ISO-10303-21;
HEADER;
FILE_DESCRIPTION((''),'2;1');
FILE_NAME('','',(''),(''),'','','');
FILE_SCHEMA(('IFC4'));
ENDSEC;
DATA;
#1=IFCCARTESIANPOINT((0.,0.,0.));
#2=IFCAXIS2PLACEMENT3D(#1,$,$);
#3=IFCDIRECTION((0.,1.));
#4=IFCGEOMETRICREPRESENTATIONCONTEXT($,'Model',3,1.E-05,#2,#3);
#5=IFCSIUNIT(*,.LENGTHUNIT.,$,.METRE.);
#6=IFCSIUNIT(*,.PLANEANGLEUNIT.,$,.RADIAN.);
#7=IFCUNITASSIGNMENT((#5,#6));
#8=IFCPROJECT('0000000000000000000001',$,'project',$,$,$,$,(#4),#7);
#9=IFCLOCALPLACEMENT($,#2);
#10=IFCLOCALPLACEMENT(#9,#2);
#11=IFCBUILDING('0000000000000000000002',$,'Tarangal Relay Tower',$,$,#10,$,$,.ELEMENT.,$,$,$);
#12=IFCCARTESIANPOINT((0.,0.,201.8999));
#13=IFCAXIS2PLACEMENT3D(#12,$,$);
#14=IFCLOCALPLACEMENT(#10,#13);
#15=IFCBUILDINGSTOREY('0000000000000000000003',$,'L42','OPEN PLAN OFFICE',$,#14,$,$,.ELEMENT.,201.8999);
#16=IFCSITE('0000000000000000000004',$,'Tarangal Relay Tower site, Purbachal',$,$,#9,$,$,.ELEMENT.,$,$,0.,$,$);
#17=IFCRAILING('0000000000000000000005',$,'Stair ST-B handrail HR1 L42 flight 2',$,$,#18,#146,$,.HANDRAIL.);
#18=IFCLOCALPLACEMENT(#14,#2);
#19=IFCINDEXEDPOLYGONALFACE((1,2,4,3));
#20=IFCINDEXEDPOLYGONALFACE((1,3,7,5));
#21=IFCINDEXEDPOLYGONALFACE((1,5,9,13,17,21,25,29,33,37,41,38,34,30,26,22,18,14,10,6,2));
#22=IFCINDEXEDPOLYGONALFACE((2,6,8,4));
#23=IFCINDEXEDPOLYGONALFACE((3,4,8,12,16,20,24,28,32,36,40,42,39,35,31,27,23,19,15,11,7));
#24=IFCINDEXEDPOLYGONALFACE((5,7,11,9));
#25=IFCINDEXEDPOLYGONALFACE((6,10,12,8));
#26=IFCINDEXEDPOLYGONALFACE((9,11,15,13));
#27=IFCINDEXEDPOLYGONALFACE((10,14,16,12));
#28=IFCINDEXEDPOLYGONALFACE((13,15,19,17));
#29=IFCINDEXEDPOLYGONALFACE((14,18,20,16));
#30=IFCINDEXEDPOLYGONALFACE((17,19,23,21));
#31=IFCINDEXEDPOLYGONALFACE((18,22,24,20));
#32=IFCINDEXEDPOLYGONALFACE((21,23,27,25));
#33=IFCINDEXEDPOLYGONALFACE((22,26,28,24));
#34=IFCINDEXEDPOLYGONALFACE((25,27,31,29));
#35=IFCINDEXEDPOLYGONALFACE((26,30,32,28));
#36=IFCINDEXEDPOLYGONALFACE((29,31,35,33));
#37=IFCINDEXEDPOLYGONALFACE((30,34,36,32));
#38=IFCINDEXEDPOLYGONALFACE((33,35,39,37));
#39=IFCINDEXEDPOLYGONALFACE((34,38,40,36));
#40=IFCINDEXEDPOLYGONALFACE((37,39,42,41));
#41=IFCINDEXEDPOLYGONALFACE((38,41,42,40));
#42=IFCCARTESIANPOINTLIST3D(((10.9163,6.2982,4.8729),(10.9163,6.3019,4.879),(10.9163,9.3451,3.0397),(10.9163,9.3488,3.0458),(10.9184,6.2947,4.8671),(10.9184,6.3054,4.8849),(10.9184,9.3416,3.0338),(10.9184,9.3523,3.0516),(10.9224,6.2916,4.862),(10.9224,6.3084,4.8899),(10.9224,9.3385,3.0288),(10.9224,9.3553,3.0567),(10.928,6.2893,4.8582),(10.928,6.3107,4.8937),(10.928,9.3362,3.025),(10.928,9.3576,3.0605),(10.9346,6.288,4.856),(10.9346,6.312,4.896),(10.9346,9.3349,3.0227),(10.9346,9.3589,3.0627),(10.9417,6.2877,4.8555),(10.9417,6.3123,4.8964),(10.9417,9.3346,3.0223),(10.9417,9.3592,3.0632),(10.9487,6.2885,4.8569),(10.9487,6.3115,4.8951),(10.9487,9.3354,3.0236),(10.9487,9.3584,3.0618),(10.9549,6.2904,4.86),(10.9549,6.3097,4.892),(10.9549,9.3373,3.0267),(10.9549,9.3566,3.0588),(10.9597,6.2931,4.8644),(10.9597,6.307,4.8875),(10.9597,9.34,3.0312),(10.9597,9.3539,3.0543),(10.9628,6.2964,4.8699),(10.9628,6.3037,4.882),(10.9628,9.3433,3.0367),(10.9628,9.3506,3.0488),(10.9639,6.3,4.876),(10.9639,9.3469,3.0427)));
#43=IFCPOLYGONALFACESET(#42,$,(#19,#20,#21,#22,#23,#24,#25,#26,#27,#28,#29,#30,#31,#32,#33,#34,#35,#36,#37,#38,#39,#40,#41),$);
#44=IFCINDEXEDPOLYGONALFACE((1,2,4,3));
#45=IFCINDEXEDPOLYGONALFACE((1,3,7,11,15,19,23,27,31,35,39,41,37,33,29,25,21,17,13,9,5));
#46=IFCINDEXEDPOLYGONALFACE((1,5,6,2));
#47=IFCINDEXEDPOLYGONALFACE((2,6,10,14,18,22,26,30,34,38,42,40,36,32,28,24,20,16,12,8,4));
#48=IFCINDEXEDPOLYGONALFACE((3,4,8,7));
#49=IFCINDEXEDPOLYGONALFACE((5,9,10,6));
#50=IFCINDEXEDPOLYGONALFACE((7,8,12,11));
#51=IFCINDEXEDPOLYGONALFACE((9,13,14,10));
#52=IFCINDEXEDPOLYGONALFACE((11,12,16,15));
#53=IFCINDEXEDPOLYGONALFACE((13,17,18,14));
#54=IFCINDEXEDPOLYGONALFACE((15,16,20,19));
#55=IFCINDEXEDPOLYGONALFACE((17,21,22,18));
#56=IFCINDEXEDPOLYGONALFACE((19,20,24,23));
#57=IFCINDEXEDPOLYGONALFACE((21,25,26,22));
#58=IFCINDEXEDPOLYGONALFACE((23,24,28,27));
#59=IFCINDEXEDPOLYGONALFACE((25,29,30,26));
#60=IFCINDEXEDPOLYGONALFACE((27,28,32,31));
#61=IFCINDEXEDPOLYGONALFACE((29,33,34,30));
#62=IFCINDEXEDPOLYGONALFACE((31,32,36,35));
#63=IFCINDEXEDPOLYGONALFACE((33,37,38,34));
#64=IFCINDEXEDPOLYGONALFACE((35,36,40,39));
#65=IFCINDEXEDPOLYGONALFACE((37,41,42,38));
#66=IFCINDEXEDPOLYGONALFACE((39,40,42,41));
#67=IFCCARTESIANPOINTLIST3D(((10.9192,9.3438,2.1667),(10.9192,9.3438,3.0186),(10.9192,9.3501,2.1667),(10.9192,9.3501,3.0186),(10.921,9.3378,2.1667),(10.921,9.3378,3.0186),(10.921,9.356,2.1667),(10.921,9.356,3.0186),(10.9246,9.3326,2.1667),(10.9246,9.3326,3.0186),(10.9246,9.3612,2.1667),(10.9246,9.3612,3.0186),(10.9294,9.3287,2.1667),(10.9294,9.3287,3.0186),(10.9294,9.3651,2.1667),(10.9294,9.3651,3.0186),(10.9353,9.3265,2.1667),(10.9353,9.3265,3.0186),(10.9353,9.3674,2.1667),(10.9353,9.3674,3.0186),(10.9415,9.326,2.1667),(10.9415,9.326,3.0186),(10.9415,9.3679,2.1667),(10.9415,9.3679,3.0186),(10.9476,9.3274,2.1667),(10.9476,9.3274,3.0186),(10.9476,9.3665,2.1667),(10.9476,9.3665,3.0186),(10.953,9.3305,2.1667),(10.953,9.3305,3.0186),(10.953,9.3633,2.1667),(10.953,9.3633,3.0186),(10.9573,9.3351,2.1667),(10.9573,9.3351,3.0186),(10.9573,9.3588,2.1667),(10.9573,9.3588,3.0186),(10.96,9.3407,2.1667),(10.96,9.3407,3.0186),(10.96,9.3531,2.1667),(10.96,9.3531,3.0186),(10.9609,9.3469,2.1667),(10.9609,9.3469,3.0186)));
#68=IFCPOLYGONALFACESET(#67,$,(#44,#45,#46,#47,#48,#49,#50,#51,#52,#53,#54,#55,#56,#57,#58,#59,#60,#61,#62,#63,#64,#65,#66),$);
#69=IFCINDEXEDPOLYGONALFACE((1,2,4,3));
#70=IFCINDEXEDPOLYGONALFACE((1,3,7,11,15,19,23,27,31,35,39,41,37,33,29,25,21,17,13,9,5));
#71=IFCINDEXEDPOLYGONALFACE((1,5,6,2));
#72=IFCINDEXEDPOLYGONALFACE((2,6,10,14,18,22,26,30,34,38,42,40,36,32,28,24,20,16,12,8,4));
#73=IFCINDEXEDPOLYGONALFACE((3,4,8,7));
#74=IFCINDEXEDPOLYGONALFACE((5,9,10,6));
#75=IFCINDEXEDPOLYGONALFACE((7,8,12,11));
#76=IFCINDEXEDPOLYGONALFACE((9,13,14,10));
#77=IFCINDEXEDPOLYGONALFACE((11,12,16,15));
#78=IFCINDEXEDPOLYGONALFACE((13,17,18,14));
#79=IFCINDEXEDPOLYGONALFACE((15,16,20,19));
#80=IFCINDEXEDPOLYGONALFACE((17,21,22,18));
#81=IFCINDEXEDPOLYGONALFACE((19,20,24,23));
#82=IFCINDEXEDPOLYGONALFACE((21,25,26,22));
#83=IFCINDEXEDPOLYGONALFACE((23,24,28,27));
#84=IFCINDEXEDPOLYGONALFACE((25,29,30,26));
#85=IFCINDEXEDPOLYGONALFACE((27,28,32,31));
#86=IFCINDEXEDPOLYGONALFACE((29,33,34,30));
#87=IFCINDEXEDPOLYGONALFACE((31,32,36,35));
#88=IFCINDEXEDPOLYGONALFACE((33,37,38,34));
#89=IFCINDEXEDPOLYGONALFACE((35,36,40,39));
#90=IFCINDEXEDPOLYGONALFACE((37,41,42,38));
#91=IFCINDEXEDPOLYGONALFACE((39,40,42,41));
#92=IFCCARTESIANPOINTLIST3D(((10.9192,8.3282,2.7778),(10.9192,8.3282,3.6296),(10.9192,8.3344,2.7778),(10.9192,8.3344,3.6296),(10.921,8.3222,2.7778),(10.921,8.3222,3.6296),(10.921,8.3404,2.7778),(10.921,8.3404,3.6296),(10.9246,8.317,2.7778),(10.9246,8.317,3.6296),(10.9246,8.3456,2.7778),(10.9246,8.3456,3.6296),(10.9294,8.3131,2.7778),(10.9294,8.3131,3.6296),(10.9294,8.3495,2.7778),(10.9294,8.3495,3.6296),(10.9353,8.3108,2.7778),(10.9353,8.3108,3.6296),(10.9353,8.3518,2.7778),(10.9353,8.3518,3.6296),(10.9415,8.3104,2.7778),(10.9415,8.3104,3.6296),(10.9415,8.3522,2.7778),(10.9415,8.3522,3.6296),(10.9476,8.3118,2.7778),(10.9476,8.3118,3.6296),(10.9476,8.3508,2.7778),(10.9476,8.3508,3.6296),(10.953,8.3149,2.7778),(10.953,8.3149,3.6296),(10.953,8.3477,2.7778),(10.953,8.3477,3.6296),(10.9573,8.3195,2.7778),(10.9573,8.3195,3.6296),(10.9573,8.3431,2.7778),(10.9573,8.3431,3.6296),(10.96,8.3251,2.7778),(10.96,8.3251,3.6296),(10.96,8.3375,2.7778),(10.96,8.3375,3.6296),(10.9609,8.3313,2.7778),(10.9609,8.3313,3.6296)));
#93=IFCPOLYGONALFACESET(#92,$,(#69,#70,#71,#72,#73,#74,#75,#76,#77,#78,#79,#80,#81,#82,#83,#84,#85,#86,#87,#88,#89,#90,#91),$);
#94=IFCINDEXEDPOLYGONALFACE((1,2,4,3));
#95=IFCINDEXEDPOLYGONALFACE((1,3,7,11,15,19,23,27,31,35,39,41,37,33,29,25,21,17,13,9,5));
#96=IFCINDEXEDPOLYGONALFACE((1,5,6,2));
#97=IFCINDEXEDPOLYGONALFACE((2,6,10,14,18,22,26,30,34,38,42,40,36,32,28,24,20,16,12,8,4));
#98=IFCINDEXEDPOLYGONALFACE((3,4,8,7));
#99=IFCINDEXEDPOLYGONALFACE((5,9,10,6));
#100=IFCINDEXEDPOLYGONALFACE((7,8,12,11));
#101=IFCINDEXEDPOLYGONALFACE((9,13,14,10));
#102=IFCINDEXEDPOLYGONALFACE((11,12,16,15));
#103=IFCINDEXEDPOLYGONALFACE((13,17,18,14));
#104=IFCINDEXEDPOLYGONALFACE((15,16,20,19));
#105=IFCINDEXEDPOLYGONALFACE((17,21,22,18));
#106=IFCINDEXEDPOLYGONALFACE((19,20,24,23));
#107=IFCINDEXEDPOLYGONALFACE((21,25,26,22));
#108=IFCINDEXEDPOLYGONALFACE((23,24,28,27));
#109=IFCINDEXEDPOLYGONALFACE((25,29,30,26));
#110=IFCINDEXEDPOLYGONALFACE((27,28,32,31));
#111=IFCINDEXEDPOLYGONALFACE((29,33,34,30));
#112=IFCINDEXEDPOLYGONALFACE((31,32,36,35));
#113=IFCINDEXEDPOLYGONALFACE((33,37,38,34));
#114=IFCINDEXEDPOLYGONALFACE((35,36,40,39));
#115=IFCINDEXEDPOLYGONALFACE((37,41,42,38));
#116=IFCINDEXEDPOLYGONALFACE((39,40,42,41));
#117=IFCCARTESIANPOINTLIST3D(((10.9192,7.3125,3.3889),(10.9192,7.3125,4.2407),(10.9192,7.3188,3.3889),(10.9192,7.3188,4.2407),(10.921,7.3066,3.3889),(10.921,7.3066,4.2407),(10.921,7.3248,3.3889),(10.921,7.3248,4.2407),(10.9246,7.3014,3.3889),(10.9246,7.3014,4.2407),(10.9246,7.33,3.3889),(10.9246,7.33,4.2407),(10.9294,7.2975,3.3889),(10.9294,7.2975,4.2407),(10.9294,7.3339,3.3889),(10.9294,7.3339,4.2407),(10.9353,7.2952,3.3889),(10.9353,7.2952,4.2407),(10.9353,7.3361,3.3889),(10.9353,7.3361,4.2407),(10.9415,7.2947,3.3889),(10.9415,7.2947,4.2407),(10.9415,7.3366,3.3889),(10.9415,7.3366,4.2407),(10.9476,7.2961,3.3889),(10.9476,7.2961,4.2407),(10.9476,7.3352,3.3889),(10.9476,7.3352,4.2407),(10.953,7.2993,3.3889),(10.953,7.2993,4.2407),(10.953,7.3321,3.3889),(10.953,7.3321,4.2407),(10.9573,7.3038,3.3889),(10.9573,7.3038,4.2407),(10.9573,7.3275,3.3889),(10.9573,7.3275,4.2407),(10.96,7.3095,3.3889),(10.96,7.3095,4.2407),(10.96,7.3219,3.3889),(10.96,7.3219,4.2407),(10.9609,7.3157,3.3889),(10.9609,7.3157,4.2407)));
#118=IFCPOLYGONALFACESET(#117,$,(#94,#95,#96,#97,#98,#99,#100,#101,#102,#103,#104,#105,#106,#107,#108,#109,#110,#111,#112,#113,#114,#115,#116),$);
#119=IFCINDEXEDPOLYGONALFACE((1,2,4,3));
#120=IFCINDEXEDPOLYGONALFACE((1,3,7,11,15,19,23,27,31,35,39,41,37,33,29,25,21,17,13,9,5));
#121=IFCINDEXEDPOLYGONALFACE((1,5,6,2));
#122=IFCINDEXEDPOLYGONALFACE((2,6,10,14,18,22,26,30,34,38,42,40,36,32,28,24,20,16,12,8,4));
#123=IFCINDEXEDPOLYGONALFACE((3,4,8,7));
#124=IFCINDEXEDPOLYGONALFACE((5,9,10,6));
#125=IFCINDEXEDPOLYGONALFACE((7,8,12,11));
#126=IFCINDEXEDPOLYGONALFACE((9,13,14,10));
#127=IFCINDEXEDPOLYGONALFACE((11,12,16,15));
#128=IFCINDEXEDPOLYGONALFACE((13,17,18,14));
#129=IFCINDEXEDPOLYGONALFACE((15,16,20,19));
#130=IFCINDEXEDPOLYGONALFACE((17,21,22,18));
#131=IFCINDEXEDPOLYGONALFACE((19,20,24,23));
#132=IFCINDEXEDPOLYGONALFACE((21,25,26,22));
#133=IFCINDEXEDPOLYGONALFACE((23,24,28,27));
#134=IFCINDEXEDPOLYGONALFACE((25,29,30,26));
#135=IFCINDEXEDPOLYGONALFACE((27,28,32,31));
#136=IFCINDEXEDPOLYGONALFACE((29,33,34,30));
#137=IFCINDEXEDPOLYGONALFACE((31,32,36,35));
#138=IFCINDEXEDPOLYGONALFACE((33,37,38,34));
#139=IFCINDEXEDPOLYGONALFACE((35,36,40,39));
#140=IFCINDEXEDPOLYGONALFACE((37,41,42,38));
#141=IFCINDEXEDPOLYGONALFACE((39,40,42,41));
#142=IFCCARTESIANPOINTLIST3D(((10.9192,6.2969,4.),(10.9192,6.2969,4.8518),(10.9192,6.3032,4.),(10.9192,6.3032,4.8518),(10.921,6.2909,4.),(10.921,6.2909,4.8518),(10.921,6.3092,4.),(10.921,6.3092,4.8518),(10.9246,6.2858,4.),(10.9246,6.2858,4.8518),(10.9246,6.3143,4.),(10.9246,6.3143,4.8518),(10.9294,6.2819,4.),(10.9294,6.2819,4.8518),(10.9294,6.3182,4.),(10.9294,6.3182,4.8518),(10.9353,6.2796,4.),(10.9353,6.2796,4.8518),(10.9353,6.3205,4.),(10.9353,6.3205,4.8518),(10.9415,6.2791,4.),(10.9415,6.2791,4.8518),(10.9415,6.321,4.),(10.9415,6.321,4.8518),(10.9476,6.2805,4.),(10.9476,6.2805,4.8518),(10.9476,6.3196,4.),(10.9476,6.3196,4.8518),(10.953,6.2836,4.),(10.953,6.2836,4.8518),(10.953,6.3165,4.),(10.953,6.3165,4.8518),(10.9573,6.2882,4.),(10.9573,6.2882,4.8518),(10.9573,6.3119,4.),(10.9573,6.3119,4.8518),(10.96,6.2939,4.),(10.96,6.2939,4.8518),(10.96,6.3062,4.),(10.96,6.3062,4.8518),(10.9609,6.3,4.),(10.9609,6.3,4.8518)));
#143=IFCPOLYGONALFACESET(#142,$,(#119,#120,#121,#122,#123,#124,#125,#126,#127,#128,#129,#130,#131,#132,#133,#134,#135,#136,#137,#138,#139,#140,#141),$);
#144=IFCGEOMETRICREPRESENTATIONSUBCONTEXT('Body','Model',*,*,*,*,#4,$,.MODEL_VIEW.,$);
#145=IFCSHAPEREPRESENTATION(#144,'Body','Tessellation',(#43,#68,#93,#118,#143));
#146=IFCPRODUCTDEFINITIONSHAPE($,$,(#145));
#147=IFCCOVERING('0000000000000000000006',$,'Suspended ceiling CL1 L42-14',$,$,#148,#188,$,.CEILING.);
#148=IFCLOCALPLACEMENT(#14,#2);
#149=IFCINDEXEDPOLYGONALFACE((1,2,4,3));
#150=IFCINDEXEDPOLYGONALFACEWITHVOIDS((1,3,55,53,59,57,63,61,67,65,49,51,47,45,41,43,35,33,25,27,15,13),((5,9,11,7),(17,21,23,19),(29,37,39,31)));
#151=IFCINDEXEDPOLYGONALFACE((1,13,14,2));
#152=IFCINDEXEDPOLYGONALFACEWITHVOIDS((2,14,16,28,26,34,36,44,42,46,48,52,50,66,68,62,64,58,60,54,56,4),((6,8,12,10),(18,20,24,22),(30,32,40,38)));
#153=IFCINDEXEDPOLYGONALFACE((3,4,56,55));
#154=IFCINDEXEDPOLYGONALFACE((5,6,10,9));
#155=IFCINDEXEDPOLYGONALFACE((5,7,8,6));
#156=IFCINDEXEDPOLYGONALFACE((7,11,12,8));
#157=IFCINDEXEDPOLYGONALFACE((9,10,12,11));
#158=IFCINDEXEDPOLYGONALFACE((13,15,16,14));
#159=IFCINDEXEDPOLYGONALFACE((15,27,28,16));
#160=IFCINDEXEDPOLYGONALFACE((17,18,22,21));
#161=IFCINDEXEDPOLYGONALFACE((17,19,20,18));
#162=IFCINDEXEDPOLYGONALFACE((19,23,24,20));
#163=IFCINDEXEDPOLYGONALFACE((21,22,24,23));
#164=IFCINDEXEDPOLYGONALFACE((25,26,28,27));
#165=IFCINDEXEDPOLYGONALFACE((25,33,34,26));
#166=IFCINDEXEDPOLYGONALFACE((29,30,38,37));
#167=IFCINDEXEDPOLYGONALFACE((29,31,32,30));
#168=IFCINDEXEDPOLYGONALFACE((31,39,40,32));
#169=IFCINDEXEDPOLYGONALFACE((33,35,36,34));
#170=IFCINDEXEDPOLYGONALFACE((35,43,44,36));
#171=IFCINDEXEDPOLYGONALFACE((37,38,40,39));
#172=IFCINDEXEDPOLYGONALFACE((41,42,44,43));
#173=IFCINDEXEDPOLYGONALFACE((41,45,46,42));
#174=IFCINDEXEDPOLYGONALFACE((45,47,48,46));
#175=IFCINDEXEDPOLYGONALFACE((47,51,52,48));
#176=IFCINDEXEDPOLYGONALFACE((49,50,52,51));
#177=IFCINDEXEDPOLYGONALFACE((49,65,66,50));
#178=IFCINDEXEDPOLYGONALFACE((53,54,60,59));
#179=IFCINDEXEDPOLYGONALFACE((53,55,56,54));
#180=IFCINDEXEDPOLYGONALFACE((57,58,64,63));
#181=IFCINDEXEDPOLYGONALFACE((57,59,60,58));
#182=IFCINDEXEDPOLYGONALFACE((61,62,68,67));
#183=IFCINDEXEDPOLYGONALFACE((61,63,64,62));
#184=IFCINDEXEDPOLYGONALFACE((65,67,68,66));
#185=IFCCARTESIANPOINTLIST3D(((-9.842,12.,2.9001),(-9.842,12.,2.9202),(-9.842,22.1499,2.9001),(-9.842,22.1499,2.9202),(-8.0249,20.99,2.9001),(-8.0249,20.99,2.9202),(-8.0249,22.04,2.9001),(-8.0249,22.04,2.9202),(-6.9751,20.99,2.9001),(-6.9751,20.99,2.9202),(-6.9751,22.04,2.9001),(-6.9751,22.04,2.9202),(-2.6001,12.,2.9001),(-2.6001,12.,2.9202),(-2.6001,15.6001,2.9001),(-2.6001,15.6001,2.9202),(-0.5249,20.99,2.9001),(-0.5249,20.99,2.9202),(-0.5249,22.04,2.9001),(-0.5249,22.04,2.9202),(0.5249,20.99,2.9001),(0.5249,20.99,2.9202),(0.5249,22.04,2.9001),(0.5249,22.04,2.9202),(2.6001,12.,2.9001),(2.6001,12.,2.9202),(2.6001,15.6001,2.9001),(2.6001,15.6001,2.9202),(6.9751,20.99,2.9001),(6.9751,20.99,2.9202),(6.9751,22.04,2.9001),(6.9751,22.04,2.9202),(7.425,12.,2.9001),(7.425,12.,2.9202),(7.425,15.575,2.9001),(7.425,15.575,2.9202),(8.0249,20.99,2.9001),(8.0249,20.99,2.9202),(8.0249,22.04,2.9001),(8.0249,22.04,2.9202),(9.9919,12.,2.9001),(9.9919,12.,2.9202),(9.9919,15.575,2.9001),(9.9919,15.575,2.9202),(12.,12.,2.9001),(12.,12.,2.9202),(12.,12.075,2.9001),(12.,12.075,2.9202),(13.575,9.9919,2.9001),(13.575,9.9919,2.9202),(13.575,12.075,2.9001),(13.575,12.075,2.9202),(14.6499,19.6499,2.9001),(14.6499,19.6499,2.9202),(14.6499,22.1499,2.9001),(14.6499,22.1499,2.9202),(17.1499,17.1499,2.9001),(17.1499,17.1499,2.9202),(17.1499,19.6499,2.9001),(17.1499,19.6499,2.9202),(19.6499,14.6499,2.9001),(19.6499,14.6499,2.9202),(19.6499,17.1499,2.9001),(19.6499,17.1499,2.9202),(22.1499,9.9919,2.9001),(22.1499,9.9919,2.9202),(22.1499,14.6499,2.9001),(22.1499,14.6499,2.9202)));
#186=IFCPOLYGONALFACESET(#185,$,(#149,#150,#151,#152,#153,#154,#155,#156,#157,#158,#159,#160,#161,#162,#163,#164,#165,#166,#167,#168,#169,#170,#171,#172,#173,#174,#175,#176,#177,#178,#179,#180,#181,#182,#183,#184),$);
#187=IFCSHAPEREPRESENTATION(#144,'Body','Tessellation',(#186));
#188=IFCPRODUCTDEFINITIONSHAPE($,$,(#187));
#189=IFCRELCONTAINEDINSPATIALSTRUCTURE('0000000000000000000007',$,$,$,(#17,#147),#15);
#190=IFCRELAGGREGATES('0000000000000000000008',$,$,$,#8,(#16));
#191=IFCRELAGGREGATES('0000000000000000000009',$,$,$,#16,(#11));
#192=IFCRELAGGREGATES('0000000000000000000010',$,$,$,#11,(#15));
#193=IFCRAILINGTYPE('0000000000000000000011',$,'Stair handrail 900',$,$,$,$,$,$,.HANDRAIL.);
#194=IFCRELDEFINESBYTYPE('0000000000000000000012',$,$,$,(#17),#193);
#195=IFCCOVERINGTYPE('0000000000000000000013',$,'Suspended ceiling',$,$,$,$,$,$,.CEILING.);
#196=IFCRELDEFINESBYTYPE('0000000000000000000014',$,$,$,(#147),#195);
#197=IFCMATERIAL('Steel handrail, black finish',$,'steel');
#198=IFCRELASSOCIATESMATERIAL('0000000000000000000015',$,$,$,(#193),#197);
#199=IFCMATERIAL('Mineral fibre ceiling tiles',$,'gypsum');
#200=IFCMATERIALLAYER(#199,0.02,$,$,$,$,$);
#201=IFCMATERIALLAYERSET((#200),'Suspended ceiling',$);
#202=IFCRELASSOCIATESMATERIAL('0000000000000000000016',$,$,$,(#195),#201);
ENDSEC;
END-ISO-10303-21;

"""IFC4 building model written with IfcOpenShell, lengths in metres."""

from ifc_helpers import new_model, si_unit, direction, frame, origin, origin_2d, place, context, subcontext, project, spatial, polyline, circle, outline, extrude, material, layer, layer_set, type_object, element, save


model = new_model("IFC4")

# Units and contexts
model_context = context("Model", 3, precision=1e-05, world=origin(), true_north=direction((0.0, 1.0)))
body_context = subcontext(model_context, "Body", "Model", "MODEL_VIEW")
ifc_project = project(units=[si_unit("LENGTHUNIT", "METRE"), si_unit("PLANEANGLEUNIT", "RADIAN")], contexts=[model_context])

# Site, building, storey
site_placement = place(None, origin())
site = spatial("IfcSite", under=ifc_project, at=site_placement, Name="Tarangal Relay Tower site, Purbachal", CompositionType="ELEMENT", RefElevation=0.0)
building_placement = place(site_placement, origin())
building = spatial("IfcBuilding", under=site, at=building_placement, Name="Tarangal Relay Tower", CompositionType="ELEMENT")
storey_placement = place(building_placement, frame((0.0, 0.0, 201.8999)))
storey = spatial("IfcBuildingStorey", under=building, at=storey_placement, Name="L42", Description="OPEN PLAN OFFICE", CompositionType="ELEMENT", Elevation=201.8999)

# Railing
ifc_material_1 = material(Name="Steel handrail, black finish", Category="steel")
railing_type_1 = type_object("IfcRailingType", Name="Stair handrail 900", PredefinedType="HANDRAIL", material=ifc_material_1)
railing_1_placement = place(storey_placement, frame((10.9399, 9.3469, 2.1667)))
element("IfcRailing", 1, at=railing_1_placement, inside=storey, type_object=railing_type_1, Name="Stair ST-B handrail HR1 L42 flight 2", PredefinedType="HANDRAIL", context=body_context, shape_type="SweptSolid", body=[
    extrude(circle(Radius=0.0239, at=origin_2d()), frame((0.0, 0.0, 0.876), z_axis=(0.0, -0.856856, 0.515556), x_axis=(1.0, 0.0, 0.0)), (0.0, 0.0, 1.0), 3.5559),
    extrude(circle(Radius=0.021, at=origin_2d()), origin(), (0.0, 0.0, 1.0), 0.8518),
    extrude(circle(Radius=0.021, at=origin_2d()), frame((0.0, -1.0156, 0.6111)), (0.0, 0.0, 1.0), 0.8518),
    extrude(circle(Radius=0.021, at=origin_2d()), frame((0.0, -2.0312, 1.2222)), (0.0, 0.0, 1.0), 0.8518),
    extrude(circle(Radius=0.021, at=origin_2d()), frame((0.0, -3.0469, 1.8333)), (0.0, 0.0, 1.0), 0.8518),
])

# Covering
ifc_material_2 = material(Name="Mineral fibre ceiling tiles", Category="gypsum")
ifc_layer_1 = layer(ifc_material_2, 0.02)
ifc_layer_set_1 = layer_set([ifc_layer_1], Name="Suspended ceiling")
covering_type = type_object("IfcCoveringType", Name="Suspended ceiling", PredefinedType="CEILING", material=ifc_layer_set_1)
covering_1_placement = place(storey_placement, frame((0.0, 0.0, 2.9001)))
element("IfcCovering", 2, at=covering_1_placement, inside=storey, type_object=covering_type, Name="Suspended ceiling CL1 L42-14", PredefinedType="CEILING", context=body_context, shape_type="SweptSolid", body=[
    extrude(outline(polyline([(7.425, 12.0), (7.425, 15.575), (9.9919, 15.575), (9.9919, 12.0), (12.0, 12.0), (12.0, 12.075), (13.575, 12.075), (13.575, 9.9919), (22.1499, 9.9919), (22.1499, 14.6499), (19.6499, 14.6499), (19.6499, 17.1499), (17.1499, 17.1499), (17.1499, 19.6499), (14.6499, 19.6499), (14.6499, 22.1499), (-9.842, 22.1499), (-9.842, 12.0), (-2.6001, 12.0), (-2.6001, 15.6001), (2.6001, 15.6001), (2.6001, 12.0), (7.425, 12.0)]), holes=[polyline([(-6.9751, 20.99), (-6.9751, 22.04), (-8.0249, 22.04), (-8.0249, 20.99), (-6.9751, 20.99)]), polyline([(-0.5249, 20.99), (0.5249, 20.99), (0.5249, 22.04), (-0.5249, 22.04), (-0.5249, 20.99)]), polyline([(6.9751, 20.99), (8.0249, 20.99), (8.0249, 22.04), (6.9751, 22.04), (6.9751, 20.99)])]), origin(), (0.0, 0.0, 1.0), 0.02),
])

save(model, "model.ifc")
